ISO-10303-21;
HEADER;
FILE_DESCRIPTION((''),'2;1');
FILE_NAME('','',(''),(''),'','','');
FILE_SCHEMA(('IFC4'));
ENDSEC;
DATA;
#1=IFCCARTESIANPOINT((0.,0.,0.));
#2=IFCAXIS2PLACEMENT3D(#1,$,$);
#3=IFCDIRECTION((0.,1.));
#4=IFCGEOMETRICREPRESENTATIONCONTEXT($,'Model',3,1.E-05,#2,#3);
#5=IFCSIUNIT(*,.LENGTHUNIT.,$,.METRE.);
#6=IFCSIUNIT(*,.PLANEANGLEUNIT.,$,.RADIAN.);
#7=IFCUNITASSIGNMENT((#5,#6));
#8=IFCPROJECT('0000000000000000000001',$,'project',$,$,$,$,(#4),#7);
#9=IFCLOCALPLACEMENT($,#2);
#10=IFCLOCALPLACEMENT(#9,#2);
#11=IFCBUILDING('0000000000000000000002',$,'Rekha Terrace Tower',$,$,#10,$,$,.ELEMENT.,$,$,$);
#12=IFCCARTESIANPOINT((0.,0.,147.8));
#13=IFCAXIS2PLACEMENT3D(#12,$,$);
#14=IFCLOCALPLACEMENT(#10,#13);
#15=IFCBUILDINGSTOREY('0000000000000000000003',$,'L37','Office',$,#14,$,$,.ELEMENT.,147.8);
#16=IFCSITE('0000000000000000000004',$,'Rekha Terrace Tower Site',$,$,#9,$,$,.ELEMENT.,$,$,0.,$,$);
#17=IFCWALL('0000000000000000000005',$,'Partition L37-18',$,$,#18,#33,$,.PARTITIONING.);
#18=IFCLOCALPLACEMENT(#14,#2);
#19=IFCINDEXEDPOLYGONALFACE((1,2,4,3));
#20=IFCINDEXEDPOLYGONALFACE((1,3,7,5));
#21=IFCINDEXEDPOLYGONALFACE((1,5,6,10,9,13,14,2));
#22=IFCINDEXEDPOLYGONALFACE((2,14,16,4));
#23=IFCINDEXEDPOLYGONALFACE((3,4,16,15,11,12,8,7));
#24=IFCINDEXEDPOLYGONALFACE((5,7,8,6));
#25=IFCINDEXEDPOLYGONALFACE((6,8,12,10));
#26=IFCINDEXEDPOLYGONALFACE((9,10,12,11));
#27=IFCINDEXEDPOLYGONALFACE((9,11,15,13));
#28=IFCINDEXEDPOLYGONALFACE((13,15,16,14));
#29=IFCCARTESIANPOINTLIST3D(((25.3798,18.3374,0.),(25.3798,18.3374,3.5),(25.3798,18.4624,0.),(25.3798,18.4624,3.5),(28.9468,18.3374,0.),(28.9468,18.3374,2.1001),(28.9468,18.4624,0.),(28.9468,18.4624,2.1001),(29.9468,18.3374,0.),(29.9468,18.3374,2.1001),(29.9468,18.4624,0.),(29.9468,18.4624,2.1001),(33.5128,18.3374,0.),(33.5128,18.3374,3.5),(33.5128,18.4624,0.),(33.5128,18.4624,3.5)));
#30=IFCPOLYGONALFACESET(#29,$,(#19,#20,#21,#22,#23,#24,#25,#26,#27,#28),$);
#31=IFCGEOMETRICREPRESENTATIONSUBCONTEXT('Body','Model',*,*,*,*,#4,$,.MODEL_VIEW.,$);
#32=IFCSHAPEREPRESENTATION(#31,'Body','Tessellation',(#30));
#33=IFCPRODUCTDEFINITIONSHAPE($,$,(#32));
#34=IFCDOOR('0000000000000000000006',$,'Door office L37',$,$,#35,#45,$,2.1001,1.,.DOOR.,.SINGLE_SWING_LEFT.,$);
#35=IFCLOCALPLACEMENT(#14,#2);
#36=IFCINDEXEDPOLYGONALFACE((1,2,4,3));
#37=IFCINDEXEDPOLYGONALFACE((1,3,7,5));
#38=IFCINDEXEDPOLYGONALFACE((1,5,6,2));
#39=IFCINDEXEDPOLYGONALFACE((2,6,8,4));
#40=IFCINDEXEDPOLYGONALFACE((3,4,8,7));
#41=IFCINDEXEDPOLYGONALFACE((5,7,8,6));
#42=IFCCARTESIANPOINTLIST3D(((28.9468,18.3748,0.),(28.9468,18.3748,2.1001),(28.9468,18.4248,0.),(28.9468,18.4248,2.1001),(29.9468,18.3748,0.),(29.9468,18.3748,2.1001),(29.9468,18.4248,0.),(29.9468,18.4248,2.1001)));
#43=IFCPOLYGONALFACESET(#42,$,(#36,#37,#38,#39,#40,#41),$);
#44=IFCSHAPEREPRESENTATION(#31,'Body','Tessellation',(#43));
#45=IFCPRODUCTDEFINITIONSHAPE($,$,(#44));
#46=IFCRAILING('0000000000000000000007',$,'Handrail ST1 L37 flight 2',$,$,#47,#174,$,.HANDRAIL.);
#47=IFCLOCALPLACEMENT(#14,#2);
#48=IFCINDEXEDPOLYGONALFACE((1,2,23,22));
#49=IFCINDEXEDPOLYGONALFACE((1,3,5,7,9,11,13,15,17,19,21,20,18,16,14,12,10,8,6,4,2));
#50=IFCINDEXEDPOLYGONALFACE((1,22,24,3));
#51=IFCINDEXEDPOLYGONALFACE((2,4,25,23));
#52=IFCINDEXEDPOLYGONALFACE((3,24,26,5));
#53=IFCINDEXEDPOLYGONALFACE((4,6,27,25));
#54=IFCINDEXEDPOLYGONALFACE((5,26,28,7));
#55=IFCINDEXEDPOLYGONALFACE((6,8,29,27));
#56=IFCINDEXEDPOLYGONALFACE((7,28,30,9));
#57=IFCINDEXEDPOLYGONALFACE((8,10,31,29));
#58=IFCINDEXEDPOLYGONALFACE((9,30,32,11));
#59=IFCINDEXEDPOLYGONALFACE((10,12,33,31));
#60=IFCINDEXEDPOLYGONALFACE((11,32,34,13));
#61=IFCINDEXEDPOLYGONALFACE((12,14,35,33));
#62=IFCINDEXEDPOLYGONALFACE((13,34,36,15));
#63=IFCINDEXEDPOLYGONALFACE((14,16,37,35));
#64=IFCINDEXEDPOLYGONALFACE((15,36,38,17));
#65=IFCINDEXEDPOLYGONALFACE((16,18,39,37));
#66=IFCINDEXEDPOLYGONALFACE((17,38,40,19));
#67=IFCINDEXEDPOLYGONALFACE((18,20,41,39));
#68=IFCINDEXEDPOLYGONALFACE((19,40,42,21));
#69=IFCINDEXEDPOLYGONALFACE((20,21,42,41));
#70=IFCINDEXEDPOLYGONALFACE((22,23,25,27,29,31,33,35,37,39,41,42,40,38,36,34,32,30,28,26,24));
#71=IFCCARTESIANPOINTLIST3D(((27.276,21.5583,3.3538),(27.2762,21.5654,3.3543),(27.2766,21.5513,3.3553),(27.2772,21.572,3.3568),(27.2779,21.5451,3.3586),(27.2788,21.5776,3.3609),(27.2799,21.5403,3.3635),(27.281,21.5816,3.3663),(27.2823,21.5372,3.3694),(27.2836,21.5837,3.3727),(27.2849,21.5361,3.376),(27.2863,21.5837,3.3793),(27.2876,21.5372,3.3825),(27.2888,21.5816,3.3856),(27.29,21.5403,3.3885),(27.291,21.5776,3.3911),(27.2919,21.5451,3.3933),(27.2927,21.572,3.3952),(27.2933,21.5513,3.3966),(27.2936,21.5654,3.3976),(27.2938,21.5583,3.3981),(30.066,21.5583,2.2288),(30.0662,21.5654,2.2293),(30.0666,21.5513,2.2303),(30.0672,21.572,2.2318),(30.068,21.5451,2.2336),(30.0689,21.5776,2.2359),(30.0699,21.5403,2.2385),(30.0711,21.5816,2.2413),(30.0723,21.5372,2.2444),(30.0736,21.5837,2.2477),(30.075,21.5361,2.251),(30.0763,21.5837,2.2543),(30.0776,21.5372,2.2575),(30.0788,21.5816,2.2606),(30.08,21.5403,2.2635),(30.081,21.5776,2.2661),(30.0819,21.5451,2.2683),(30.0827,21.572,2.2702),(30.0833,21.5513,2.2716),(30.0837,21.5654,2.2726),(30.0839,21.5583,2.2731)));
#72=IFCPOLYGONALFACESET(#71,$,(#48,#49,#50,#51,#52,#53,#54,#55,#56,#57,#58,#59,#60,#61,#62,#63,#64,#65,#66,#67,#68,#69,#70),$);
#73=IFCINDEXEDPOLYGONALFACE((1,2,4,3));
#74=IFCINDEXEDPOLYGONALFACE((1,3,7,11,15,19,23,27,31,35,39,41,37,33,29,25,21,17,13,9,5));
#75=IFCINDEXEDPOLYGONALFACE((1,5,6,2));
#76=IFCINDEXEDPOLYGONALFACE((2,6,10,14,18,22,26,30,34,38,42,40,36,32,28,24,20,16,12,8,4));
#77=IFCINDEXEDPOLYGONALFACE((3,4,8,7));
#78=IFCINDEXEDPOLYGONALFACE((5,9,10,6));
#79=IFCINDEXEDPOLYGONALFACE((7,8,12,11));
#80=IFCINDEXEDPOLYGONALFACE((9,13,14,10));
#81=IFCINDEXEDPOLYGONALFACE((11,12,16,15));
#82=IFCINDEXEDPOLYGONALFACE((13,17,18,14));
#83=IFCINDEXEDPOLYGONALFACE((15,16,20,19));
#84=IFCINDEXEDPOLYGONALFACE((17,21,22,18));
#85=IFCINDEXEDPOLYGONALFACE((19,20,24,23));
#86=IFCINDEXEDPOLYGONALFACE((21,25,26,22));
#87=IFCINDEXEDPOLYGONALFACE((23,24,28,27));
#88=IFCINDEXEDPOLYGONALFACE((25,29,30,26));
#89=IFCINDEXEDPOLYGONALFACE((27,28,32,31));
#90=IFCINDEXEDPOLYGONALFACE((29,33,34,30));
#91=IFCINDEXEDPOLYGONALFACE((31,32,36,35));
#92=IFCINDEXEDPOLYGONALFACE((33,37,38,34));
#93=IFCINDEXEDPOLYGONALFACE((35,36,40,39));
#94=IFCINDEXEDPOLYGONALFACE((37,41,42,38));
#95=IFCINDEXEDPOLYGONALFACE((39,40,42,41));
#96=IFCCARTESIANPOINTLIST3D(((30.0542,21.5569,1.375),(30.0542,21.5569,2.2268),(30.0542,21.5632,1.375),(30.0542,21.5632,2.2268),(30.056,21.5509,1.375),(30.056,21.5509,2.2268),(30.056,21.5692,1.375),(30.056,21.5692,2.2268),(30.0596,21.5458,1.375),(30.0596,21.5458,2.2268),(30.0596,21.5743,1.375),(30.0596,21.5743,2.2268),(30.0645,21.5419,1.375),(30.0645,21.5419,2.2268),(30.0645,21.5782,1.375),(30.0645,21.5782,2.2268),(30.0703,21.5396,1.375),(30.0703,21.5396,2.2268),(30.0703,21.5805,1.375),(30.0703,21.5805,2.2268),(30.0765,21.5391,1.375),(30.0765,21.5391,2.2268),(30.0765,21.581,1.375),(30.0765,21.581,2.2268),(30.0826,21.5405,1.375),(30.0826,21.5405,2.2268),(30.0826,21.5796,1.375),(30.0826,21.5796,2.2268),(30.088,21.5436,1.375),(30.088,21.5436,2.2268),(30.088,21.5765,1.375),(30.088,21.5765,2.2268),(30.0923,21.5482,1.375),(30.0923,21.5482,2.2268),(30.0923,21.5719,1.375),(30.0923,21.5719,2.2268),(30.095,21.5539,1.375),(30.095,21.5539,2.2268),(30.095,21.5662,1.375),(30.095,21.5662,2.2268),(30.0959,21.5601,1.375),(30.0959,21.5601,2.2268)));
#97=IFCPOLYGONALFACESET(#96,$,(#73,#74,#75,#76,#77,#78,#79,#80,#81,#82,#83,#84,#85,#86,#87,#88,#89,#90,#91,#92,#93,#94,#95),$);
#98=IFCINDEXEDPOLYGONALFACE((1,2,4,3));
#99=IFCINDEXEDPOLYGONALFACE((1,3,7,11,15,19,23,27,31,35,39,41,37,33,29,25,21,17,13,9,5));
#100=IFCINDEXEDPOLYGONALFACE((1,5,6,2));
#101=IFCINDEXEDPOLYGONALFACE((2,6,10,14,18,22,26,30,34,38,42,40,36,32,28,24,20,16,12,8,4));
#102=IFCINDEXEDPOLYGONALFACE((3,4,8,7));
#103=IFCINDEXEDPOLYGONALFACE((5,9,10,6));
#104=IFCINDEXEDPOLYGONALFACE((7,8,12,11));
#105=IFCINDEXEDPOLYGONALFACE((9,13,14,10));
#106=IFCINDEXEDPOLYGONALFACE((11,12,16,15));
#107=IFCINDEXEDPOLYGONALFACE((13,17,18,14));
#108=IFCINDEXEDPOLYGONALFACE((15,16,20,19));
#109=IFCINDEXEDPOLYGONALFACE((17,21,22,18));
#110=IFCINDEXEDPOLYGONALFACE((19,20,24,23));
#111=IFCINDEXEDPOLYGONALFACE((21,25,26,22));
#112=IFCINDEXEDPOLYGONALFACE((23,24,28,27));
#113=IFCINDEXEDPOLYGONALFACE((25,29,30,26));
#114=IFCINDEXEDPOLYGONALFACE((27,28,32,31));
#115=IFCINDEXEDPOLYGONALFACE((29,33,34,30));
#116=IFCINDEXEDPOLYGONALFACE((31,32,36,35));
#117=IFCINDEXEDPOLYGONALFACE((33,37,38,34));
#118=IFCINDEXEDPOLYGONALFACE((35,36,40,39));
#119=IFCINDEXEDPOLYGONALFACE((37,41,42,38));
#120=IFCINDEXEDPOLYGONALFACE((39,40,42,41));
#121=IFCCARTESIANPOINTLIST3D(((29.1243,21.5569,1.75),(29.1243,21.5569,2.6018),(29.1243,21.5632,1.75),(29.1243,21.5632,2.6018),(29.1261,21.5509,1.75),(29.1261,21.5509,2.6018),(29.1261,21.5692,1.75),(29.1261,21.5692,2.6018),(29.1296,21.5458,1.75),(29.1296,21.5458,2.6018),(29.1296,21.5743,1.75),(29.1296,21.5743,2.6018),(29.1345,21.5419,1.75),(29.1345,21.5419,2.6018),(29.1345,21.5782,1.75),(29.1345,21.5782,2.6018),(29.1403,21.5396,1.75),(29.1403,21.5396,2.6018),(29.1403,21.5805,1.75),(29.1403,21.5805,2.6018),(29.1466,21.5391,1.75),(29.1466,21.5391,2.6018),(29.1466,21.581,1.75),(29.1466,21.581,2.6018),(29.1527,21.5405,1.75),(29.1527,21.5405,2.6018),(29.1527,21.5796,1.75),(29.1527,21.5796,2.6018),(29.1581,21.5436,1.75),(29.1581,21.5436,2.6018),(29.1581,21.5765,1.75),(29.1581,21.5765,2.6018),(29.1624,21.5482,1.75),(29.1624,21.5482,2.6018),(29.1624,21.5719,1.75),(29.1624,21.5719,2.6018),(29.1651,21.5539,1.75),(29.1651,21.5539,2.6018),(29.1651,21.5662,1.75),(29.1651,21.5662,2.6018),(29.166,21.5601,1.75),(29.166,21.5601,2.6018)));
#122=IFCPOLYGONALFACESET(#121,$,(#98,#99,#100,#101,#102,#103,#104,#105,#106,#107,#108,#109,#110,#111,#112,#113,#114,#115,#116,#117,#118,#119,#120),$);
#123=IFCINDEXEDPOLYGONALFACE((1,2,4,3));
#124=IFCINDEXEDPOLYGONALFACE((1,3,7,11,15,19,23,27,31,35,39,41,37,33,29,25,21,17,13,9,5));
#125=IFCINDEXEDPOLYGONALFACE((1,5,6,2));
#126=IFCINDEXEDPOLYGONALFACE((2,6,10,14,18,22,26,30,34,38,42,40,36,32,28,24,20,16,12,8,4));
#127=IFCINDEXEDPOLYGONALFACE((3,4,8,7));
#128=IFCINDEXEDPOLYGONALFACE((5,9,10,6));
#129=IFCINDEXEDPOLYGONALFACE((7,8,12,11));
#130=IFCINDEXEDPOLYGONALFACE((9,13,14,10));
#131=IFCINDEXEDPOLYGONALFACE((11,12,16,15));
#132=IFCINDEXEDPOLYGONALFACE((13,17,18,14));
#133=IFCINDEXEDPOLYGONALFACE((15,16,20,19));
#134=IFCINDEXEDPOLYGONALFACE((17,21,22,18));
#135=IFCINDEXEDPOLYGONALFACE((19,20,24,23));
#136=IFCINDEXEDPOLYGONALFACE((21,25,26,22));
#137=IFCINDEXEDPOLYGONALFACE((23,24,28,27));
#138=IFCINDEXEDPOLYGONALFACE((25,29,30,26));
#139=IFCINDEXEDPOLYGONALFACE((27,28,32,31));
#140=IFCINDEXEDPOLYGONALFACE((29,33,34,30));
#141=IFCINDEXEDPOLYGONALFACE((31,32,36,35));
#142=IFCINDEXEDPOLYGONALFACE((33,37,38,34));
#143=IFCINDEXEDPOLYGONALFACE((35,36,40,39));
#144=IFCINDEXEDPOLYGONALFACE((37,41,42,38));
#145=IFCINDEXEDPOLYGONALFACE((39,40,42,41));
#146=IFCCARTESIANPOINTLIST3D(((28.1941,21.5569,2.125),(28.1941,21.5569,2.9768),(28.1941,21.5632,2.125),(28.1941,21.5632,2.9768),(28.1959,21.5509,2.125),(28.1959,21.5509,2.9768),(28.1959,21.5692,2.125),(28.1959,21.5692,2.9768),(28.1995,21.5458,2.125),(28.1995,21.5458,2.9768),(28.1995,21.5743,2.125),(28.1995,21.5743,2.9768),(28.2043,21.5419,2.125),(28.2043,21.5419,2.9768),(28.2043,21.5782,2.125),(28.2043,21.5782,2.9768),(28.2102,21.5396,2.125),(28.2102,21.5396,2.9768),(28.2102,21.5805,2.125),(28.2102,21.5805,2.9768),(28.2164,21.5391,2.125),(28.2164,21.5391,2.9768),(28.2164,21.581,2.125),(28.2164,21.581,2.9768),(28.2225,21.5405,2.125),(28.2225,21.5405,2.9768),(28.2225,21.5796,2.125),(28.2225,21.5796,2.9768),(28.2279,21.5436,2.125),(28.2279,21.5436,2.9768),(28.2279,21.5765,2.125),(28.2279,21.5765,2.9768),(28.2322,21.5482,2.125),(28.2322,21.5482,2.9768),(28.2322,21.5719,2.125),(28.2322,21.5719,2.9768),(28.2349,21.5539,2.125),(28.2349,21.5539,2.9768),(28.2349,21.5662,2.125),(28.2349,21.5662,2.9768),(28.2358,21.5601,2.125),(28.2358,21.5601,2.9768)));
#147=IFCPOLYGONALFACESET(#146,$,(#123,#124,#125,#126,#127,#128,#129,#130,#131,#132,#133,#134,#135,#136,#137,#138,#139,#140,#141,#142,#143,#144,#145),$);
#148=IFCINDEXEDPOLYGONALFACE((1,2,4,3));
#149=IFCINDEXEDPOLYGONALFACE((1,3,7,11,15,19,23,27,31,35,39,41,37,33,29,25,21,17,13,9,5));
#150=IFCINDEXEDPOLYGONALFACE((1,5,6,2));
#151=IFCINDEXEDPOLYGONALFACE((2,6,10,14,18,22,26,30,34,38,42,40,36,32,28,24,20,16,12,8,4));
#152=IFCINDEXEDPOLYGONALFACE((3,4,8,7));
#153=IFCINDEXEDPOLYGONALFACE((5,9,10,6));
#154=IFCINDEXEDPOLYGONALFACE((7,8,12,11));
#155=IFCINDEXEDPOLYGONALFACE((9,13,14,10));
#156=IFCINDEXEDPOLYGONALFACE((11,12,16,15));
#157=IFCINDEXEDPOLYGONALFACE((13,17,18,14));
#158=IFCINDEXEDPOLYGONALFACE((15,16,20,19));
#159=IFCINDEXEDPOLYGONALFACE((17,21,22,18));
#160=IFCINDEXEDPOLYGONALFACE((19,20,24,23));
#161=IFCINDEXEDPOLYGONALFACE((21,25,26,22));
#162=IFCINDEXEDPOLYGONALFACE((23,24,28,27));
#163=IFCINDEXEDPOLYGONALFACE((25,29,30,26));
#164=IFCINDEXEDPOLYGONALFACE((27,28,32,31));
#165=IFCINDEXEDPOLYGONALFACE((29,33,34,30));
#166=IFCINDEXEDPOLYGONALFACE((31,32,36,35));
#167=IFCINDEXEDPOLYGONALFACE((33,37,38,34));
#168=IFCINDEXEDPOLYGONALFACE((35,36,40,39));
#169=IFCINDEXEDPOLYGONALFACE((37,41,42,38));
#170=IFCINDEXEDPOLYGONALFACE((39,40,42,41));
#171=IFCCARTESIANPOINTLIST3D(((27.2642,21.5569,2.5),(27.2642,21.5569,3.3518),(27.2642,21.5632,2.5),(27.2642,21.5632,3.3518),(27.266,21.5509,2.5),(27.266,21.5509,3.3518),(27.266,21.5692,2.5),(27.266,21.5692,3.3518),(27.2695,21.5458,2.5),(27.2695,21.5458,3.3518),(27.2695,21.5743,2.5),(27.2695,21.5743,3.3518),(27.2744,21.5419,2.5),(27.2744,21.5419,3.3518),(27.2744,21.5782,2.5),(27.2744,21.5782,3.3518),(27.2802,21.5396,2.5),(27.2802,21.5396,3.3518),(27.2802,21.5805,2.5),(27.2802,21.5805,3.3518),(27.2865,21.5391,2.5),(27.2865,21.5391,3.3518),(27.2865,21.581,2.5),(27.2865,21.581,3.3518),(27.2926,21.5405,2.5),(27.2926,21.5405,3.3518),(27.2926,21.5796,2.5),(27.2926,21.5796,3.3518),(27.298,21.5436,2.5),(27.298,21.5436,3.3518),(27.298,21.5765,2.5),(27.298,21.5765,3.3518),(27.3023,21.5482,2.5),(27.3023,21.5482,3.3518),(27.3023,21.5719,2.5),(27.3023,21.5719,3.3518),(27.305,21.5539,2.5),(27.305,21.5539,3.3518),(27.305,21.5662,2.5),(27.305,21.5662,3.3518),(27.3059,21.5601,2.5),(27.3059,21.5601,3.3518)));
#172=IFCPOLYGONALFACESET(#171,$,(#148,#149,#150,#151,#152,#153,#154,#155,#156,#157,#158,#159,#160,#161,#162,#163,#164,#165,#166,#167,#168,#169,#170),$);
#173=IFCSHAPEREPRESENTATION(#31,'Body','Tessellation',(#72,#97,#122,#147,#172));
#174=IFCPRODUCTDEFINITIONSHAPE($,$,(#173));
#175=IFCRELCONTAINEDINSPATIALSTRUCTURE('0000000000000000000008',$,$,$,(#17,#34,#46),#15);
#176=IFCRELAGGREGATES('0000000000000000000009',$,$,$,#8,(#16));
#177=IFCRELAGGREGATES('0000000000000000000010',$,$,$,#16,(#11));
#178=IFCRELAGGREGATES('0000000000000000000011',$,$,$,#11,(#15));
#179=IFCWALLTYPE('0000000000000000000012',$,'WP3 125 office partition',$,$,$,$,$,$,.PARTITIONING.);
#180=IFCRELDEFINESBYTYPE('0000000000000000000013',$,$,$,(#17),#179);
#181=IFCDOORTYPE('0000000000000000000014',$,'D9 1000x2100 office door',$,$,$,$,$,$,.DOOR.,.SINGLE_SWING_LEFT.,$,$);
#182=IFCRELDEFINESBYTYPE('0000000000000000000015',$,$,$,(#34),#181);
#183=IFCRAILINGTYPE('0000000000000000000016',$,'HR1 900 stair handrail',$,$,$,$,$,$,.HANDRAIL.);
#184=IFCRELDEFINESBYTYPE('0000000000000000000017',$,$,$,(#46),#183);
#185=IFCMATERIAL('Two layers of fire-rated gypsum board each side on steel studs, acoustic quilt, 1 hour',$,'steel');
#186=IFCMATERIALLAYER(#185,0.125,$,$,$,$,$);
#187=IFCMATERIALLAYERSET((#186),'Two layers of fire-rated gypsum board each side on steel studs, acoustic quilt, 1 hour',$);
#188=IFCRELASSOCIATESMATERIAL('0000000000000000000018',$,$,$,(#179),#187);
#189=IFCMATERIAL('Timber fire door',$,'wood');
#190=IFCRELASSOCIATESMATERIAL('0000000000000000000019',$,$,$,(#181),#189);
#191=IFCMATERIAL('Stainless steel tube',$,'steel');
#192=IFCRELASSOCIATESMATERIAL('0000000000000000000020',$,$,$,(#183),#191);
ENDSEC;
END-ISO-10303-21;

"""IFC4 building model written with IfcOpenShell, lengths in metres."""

from ifc_helpers import new_model, si_unit, direction, frame, frame_2d, origin, origin_2d, place, context, subcontext, project, spatial, rectangle, circle, extrude, material, layer, layer_set, type_object, element, fill, save


model = new_model("IFC4")

# Units and contexts
model_context = context("Model", 3, precision=1e-05, world=origin(), true_north=direction((0.0, 1.0)))
body_context = subcontext(model_context, "Body", "Model", "MODEL_VIEW")
ifc_project = project(units=[si_unit("LENGTHUNIT", "METRE"), si_unit("PLANEANGLEUNIT", "RADIAN")], contexts=[model_context])

# Site, building, storey
site_placement = place(None, origin())
site = spatial("IfcSite", under=ifc_project, at=site_placement, Name="Rekha Terrace Tower Site", CompositionType="ELEMENT", RefElevation=0.0)
building_placement = place(site_placement, origin())
building = spatial("IfcBuilding", under=site, at=building_placement, Name="Rekha Terrace Tower", CompositionType="ELEMENT")
storey_placement = place(building_placement, frame((0.0, 0.0, 147.8)))
storey = spatial("IfcBuildingStorey", under=building, at=storey_placement, Name="L37", Description="Office", CompositionType="ELEMENT", Elevation=147.8)

# Shared definitions
ifc_material_1 = material(Name="Two layers of fire-rated gypsum board each side on steel studs, acoustic quilt, 1 hour", Category="steel")
ifc_layer_1 = layer(ifc_material_1, 0.125)
ifc_layer_set_1 = layer_set([ifc_layer_1], Name="Two layers of fire-rated gypsum board each side on steel studs, acoustic quilt, 1 hour")
wall_type_1 = type_object("IfcWallType", Name="WP3 125 office partition", PredefinedType="PARTITIONING", material=ifc_layer_set_1)

# Wall, opening, door
wall_1_placement = place(storey_placement, frame((25.3799, 18.3999, 0.0), z_axis=(0.0, 0.0, 1.0), x_axis=(1.0, 0.0, 0.0)))
wall_1 = element("IfcWall", 1, at=wall_1_placement, inside=storey, type_object=wall_type_1, Name="Partition L37-18", PredefinedType="PARTITIONING", context=body_context, shape_type="SweptSolid", body=[
    extrude(rectangle(XDim=8.1331, YDim=0.125, at=frame_2d((4.0664, 0.0))), origin(), (0.0, 0.0, 1.0), 3.5),
])
opening_1_placement = place(wall_1_placement, frame((3.5669, 0.0, 0.0)))
opening_1 = element("IfcOpeningElement", 2, at=opening_1_placement, cuts=wall_1, PredefinedType="OPENING", context=body_context, shape_type="SweptSolid", body=[
    extrude(rectangle(XDim=1.0, YDim=2.1001, at=frame_2d((0.5, 1.05))), frame((0.0, 0.0725, 0.0), z_axis=(0.0, -1.0, 0.0), x_axis=(1.0, 0.0, 0.0)), (0.0, 0.0, 1.0), 0.145),
])
ifc_material_2 = material(Name="Timber fire door", Category="wood")
door_type_1 = type_object("IfcDoorType", Name="D9 1000x2100 office door", OperationType="SINGLE_SWING_LEFT", PredefinedType="DOOR", material=ifc_material_2)
door_1_placement = place(opening_1_placement, origin())
door_1 = element("IfcDoor", 3, at=door_1_placement, inside=storey, type_object=door_type_1, Name="Door office L37", OperationType="SINGLE_SWING_LEFT", OverallHeight=2.1001, OverallWidth=1.0, PredefinedType="DOOR", context=body_context, shape_type="SweptSolid", body=[
    extrude(rectangle(XDim=1.0, YDim=2.1001, at=frame_2d((0.5, 1.05))), frame((0.0, 0.0249, 0.0), z_axis=(0.0, -1.0, 0.0), x_axis=(1.0, 0.0, 0.0)), (0.0, 0.0, 1.0), 0.05),
])
fill(opening_1, door_1)

# Railing
ifc_material_3 = material(Name="Stainless steel tube", Category="steel")
railing_type = type_object("IfcRailingType", Name="HR1 900 stair handrail", PredefinedType="HANDRAIL", material=ifc_material_3)
railing_placement = place(storey_placement, frame((30.075, 21.5601, 1.375)))
element("IfcRailing", 4, at=railing_placement, inside=storey, type_object=railing_type, Name="Handrail ST1 L37 flight 2", PredefinedType="HANDRAIL", context=body_context, shape_type="SweptSolid", body=[
    extrude(circle(Radius=0.0239, at=origin_2d()), frame((0.0, 0.0, 0.876), z_axis=(-0.927443, 0.0, 0.373964), x_axis=(0.0, -1.0, 0.0)), (0.0, 0.0, 1.0), 3.0083),
    extrude(circle(Radius=0.021, at=origin_2d()), origin(), (0.0, 0.0, 1.0), 0.8518),
    extrude(circle(Radius=0.021, at=origin_2d()), frame((-0.9299, 0.0, 0.375)), (0.0, 0.0, 1.0), 0.8518),
    extrude(circle(Radius=0.021, at=origin_2d()), frame((-1.8601, 0.0, 0.75)), (0.0, 0.0, 1.0), 0.8518),
    extrude(circle(Radius=0.021, at=origin_2d()), frame((-2.79, 0.0, 1.125)), (0.0, 0.0, 1.0), 0.8518),
])

save(model, "model.ifc")
